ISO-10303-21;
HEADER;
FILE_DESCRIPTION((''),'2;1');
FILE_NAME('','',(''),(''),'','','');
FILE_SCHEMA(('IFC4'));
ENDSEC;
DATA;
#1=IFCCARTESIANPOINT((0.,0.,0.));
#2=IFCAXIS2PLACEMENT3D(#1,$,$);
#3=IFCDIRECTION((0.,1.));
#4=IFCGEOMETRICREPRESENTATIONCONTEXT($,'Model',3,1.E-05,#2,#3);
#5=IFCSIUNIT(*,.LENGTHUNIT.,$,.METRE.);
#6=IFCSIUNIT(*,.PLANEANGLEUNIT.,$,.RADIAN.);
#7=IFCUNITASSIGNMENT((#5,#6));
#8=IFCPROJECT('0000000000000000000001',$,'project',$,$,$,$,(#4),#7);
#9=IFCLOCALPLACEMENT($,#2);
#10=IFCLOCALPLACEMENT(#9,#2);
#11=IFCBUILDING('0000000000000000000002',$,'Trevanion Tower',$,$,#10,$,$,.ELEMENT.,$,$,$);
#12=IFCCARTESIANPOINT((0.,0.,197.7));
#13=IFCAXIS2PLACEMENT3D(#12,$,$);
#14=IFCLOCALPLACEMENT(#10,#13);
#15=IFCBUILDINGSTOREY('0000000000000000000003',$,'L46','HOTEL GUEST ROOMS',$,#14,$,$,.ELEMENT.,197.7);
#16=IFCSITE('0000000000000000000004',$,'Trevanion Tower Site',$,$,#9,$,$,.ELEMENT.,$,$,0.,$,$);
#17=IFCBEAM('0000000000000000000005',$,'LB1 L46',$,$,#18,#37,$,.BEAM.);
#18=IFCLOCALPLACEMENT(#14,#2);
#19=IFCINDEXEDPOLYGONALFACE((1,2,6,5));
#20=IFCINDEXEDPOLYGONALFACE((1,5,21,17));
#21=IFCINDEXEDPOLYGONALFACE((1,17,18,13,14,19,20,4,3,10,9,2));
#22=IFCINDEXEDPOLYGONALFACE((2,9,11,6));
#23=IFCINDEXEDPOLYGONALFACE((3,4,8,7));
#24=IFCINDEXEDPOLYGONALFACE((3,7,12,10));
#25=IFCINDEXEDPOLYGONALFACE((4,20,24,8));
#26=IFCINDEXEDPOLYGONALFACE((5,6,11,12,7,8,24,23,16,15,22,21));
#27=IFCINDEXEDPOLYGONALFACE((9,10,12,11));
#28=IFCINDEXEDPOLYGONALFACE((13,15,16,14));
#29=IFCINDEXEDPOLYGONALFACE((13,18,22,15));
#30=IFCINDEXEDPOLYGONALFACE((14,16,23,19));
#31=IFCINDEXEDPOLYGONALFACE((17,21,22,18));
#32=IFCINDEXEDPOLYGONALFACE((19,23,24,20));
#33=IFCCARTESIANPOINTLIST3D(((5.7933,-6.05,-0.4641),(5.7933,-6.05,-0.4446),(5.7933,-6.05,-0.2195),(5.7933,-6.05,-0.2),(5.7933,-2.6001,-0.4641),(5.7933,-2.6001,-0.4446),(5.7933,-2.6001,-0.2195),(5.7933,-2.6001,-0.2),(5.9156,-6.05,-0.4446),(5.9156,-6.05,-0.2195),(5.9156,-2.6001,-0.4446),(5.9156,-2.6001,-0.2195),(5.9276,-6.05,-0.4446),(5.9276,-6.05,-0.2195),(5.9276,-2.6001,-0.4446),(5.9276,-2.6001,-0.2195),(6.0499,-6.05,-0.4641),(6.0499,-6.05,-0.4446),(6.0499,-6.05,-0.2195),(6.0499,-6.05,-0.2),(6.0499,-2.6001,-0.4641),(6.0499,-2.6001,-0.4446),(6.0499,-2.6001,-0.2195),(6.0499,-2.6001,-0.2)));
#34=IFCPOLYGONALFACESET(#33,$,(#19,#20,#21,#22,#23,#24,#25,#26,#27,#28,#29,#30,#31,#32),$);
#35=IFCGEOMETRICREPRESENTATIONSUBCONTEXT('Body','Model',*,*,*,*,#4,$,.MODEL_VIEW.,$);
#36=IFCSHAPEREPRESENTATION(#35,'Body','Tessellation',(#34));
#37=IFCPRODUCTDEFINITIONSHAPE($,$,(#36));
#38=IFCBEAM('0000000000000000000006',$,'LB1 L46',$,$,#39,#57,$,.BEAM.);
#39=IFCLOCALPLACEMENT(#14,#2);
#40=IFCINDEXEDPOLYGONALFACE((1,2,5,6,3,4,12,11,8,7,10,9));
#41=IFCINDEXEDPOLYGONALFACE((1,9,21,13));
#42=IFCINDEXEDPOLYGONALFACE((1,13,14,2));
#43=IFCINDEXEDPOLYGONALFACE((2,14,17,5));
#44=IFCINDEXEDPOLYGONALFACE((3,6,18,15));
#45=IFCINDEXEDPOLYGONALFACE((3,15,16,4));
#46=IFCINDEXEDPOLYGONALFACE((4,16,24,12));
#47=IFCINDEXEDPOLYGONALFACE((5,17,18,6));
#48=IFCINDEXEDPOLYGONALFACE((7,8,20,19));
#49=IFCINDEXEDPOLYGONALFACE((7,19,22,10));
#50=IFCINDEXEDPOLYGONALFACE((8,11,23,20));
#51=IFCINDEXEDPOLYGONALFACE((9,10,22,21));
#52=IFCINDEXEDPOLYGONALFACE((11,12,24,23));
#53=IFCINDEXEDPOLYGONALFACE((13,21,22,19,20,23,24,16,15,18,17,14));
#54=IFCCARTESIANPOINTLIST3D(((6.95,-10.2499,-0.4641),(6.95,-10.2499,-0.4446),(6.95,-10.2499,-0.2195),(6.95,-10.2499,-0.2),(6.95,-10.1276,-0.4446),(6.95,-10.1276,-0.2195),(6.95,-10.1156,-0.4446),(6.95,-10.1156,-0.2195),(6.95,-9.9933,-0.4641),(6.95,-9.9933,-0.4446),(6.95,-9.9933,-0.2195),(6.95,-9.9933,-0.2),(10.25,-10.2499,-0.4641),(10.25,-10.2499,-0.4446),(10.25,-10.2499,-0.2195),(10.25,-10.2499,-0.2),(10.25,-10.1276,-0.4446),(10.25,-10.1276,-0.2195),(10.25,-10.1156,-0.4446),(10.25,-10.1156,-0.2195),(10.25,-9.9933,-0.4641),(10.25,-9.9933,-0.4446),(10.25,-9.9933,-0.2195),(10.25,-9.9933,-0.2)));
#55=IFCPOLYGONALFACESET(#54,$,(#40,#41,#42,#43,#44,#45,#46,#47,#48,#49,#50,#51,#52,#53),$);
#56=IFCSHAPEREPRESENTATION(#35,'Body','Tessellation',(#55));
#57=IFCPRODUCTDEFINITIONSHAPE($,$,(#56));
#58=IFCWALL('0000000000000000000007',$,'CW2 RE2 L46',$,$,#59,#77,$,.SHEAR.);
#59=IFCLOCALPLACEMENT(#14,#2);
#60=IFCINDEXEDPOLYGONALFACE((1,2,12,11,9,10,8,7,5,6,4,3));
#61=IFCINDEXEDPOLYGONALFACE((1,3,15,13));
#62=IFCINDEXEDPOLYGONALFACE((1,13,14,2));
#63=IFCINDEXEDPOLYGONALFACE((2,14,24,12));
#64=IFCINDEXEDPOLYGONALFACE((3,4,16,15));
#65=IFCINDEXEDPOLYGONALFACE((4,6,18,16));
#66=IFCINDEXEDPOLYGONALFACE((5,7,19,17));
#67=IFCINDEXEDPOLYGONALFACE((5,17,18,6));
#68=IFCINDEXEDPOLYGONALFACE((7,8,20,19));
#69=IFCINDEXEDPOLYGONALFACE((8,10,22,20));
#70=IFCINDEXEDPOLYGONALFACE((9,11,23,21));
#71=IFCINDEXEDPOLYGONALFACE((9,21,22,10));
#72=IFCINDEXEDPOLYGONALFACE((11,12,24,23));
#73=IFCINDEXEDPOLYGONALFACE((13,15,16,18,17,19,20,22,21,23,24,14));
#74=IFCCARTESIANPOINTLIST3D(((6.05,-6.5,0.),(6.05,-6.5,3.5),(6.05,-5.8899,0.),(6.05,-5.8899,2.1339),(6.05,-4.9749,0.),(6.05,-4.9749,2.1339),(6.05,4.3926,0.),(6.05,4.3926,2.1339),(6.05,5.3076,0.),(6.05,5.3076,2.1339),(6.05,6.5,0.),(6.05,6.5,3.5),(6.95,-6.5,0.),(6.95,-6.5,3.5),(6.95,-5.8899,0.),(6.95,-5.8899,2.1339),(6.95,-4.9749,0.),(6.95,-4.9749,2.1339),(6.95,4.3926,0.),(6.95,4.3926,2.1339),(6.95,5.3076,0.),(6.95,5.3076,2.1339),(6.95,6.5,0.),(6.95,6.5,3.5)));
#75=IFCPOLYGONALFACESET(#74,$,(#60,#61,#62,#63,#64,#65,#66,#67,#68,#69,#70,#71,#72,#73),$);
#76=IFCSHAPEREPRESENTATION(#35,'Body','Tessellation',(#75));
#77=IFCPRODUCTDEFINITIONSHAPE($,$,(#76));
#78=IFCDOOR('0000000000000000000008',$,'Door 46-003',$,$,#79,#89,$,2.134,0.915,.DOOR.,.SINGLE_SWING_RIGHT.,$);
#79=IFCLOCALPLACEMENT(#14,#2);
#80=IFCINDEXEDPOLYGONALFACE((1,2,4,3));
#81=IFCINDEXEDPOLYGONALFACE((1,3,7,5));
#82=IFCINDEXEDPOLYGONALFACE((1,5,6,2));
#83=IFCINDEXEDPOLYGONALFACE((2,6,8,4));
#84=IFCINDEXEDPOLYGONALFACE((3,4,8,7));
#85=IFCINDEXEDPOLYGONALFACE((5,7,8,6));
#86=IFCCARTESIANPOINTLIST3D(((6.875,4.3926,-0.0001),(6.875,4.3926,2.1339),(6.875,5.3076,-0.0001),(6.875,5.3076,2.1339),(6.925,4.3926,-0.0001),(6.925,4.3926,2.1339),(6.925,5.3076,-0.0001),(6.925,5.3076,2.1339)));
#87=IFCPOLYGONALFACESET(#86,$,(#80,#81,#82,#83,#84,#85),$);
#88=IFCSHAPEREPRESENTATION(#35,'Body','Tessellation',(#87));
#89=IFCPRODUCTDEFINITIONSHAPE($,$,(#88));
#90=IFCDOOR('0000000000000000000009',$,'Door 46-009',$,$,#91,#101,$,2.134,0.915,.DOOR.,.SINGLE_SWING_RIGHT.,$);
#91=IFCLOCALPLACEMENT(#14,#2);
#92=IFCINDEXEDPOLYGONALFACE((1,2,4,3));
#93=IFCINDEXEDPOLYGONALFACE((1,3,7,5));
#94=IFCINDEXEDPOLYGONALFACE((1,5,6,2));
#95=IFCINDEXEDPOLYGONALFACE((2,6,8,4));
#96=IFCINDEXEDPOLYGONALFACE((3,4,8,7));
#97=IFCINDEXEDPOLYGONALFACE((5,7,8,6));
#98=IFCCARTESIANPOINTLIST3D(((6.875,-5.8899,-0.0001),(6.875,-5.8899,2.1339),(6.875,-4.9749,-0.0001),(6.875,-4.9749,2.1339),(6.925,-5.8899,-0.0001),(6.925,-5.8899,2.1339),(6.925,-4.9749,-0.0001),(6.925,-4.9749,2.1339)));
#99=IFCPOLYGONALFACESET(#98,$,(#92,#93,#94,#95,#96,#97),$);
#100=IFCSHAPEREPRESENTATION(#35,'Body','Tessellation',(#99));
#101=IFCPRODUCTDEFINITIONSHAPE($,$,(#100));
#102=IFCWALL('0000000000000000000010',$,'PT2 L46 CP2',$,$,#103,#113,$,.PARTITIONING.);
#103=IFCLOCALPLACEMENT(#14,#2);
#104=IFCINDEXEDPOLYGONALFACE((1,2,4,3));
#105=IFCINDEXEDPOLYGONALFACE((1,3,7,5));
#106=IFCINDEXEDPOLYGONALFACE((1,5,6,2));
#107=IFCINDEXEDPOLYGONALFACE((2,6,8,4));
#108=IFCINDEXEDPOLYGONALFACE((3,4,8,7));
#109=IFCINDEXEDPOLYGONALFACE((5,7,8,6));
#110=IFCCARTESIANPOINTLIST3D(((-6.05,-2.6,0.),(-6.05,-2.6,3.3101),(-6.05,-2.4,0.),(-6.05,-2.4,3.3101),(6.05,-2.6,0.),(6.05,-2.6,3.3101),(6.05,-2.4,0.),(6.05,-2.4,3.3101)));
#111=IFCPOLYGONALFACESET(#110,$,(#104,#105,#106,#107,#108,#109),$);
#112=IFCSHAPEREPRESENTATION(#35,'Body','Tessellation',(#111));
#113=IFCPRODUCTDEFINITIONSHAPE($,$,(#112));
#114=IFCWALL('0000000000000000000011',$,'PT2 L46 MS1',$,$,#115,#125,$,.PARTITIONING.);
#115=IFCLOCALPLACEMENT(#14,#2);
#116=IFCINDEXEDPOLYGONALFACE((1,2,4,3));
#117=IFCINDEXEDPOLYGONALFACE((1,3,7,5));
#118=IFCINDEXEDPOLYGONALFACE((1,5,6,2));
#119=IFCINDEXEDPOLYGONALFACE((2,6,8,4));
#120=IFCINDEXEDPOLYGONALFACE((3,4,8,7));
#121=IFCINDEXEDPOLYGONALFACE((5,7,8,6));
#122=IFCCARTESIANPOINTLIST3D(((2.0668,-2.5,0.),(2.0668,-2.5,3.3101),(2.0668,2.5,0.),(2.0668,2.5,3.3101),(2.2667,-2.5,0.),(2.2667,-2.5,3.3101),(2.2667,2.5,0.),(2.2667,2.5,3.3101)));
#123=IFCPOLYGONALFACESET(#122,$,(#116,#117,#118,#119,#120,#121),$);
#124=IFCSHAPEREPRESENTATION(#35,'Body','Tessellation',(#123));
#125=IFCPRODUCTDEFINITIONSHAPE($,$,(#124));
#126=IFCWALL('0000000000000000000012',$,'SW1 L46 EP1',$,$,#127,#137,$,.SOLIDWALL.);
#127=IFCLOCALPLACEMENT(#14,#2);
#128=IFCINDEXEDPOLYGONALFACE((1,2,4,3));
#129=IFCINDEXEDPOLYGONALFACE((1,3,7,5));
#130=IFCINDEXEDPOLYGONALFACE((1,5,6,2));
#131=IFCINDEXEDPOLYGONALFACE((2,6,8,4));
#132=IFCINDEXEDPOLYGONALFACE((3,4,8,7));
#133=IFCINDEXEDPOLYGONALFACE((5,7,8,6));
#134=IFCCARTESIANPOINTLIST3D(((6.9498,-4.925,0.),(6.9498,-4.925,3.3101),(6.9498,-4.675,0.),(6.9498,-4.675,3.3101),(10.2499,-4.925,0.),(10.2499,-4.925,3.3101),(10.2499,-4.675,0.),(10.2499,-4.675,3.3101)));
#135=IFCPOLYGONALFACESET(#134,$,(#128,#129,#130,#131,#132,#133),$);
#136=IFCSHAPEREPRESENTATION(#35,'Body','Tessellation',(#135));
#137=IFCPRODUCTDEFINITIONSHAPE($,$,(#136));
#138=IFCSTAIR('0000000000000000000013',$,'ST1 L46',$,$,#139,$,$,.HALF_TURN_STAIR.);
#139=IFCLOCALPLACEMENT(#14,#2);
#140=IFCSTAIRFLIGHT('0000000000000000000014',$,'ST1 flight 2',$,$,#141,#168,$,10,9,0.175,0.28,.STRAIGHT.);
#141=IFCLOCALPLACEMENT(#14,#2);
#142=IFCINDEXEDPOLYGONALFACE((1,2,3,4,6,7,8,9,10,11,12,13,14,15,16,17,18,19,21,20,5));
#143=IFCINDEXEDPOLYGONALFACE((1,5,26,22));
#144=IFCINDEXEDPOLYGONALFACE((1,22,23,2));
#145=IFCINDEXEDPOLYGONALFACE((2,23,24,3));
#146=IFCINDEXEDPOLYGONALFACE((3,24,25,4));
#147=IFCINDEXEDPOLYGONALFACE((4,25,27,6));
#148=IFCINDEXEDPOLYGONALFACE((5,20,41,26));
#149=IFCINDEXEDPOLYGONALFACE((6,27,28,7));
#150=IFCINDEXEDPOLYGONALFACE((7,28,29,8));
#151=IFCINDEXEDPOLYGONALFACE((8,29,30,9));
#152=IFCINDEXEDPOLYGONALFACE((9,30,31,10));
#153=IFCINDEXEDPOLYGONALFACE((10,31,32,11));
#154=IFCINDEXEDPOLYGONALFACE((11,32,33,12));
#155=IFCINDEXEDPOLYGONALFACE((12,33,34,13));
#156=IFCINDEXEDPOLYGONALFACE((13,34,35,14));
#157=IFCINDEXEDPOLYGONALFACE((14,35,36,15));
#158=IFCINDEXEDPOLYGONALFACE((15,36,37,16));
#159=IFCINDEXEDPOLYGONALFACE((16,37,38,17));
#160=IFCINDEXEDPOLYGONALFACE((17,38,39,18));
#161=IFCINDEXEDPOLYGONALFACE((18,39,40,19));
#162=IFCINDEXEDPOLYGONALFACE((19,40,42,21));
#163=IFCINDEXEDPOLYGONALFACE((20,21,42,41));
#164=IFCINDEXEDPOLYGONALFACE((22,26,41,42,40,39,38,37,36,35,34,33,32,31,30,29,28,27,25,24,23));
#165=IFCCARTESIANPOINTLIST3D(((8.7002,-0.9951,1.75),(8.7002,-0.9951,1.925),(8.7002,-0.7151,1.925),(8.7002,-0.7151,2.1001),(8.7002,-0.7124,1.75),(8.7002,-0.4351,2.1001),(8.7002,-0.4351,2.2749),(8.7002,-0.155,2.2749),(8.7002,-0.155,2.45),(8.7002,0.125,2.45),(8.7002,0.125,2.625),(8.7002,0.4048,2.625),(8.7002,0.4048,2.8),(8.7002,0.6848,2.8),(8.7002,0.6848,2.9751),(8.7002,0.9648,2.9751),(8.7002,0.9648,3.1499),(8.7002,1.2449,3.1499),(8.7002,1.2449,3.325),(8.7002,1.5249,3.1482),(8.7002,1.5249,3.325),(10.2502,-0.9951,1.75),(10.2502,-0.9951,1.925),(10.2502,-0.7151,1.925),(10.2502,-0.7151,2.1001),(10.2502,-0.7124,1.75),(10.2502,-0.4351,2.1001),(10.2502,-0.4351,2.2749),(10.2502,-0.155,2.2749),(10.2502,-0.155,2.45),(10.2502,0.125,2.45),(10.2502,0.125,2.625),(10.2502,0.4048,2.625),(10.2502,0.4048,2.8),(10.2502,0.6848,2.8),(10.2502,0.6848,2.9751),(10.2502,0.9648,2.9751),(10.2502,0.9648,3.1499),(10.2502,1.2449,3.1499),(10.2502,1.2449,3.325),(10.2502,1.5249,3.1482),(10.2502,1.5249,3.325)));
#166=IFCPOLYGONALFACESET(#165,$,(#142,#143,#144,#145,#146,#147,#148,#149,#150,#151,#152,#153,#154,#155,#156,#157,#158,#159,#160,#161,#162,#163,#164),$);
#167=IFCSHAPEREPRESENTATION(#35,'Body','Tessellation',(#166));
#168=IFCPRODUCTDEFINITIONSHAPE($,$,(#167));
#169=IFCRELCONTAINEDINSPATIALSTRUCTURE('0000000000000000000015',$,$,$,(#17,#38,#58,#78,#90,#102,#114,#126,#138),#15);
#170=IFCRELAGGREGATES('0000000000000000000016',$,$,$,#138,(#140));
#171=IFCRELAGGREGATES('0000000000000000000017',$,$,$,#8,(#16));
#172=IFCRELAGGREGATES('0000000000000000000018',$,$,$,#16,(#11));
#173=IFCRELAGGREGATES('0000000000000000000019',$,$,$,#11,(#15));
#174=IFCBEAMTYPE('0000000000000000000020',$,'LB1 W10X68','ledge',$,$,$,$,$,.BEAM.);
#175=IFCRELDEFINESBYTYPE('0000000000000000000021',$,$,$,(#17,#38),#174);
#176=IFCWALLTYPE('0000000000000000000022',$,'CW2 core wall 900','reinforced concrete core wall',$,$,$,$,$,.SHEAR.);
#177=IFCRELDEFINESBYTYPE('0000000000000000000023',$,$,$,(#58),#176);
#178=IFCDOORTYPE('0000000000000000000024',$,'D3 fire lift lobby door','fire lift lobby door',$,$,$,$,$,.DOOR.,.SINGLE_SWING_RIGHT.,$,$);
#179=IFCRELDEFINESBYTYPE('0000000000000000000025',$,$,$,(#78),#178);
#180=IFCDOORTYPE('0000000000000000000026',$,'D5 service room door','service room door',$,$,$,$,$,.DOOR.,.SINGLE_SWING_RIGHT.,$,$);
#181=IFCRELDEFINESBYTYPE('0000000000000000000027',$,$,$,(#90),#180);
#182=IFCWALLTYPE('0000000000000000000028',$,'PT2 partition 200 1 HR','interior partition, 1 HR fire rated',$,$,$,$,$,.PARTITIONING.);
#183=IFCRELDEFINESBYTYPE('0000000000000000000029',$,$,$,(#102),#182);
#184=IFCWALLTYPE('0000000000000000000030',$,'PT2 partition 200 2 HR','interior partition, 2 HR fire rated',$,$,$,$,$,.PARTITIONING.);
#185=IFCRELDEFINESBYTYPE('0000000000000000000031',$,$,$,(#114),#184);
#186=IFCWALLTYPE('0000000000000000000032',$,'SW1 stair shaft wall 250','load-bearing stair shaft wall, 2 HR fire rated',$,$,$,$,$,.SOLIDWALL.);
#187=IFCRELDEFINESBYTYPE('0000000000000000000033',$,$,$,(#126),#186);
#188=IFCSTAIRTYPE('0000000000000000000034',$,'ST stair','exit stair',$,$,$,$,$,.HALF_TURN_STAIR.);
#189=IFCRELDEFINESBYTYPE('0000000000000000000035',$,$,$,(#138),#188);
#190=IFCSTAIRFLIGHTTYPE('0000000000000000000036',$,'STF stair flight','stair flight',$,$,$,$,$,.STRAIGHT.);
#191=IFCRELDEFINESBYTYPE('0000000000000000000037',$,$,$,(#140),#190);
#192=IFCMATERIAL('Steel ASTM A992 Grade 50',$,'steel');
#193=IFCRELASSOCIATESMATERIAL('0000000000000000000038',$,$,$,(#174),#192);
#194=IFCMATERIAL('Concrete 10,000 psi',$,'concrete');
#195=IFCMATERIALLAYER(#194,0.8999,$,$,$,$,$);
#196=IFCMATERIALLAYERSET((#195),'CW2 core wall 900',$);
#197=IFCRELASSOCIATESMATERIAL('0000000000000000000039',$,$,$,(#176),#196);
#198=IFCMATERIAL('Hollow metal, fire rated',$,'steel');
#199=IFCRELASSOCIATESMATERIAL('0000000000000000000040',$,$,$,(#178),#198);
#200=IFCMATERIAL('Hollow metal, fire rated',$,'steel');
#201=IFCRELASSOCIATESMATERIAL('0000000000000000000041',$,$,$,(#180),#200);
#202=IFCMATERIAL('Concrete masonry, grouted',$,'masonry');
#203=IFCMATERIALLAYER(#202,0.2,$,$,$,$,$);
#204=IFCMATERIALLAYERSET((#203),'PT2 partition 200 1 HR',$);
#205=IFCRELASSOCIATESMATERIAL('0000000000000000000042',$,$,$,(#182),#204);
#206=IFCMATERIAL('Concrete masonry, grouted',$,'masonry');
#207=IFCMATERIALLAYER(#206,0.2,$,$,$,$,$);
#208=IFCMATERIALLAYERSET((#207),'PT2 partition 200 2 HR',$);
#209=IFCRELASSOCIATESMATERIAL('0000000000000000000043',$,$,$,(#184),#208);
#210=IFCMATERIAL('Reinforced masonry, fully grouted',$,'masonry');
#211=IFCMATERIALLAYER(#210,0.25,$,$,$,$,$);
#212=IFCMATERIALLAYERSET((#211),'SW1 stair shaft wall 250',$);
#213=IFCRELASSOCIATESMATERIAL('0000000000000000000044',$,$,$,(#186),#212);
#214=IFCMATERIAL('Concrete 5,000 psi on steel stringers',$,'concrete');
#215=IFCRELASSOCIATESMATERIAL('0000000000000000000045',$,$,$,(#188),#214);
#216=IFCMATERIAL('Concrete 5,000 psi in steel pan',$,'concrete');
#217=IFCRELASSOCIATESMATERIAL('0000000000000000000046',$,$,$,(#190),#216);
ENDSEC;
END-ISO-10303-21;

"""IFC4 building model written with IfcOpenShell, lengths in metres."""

from ifc_helpers import new_model, si_unit, direction, frame, frame_2d, origin, origin_2d, place, context, subcontext, project, spatial, polyline, rectangle, i_section, outline, extrude, material, layer, layer_set, material_profile, profile_set, type_object, element, fill, aggregate, save


model = new_model("IFC4")

# Units and contexts
model_context = context("Model", 3, precision=1e-05, world=origin(), true_north=direction((0.0, 1.0)))
body_context = subcontext(model_context, "Body", "Model", "MODEL_VIEW")
ifc_project = project(units=[si_unit("LENGTHUNIT", "METRE"), si_unit("PLANEANGLEUNIT", "RADIAN")], contexts=[model_context])

# Site, building, storey
site_placement = place(None, origin())
site = spatial("IfcSite", under=ifc_project, at=site_placement, Name="Trevanion Tower Site", CompositionType="ELEMENT", RefElevation=0.0)
building_placement = place(site_placement, origin())
building = spatial("IfcBuilding", under=site, at=building_placement, Name="Trevanion Tower", CompositionType="ELEMENT")
storey_placement = place(building_placement, frame((0.0, 0.0, 197.7)))
storey = spatial("IfcBuildingStorey", under=building, at=storey_placement, Name="L46", Description="HOTEL GUEST ROOMS", CompositionType="ELEMENT", Elevation=197.7)

# Beams
ifc_material_1 = material(Name="Steel ASTM A992 Grade 50", Category="steel")
ifc_material_profile = material_profile(ifc_material_1, i_section(OverallWidth=0.2566, OverallDepth=0.2642, WebThickness=0.012, FlangeThickness=0.0195, at=origin_2d()), Name="W10X68")
ifc_profile_set = profile_set([ifc_material_profile], Name="Steel ASTM A992 Grade 50")
beam_type = type_object("IfcBeamType", Name="LB1 W10X68", Description="ledge", PredefinedType="BEAM", material=ifc_profile_set)
beam_1_placement = place(storey_placement, frame((5.9216, -6.05, -0.332), z_axis=(0.0, 1.0, 0.0), x_axis=(-1.0, 0.0, 0.0)))
element("IfcBeam", 1, at=beam_1_placement, inside=storey, type_object=beam_type, Name="LB1 L46", PredefinedType="BEAM", context=body_context, shape_type="SweptSolid", body=[
    extrude(i_section(OverallWidth=0.2566, OverallDepth=0.2642, WebThickness=0.012, FlangeThickness=0.0195, at=origin_2d()), origin(), (0.0, 0.0, 1.0), 3.45),
])
beam_2_placement = place(storey_placement, frame((6.95, -10.1216, -0.332), z_axis=(1.0, 0.0, 0.0), x_axis=(0.0, 1.0, 0.0)))
element("IfcBeam", 2, at=beam_2_placement, inside=storey, type_object=beam_type, Name="LB1 L46", PredefinedType="BEAM", context=body_context, shape_type="SweptSolid", body=[
    extrude(i_section(OverallWidth=0.2566, OverallDepth=0.2642, WebThickness=0.012, FlangeThickness=0.0195, at=origin_2d()), origin(), (0.0, 0.0, 1.0), 3.3),
])

# Wall, openings, doors
ifc_material_2 = material(Name="Concrete 10,000 psi", Category="concrete")
ifc_layer_1 = layer(ifc_material_2, 0.8999)
ifc_layer_set_1 = layer_set([ifc_layer_1], Name="CW2 core wall 900")
wall_type_1 = type_object("IfcWallType", Name="CW2 core wall 900", Description="reinforced concrete core wall", PredefinedType="SHEAR", material=ifc_layer_set_1)
wall_1_placement = place(storey_placement, frame((6.5, -6.5, 0.0), z_axis=(0.0, 0.0, 1.0), x_axis=(0.0, 1.0, 0.0)))
wall_1 = element("IfcWall", 3, at=wall_1_placement, inside=storey, type_object=wall_type_1, Name="CW2 RE2 L46", PredefinedType="SHEAR", context=body_context, shape_type="SweptSolid", body=[
    extrude(rectangle(XDim=13.0, YDim=0.8999, at=frame_2d((6.5, 0.0))), origin(), (0.0, 0.0, 1.0), 3.5),
])
opening_1_placement = place(wall_1_placement, frame((10.8926, 0.0, 0.0)))
opening_1 = element("IfcOpeningElement", 4, at=opening_1_placement, cuts=wall_1, PredefinedType="OPENING", context=body_context, shape_type="SweptSolid", body=[
    extrude(rectangle(XDim=0.915, YDim=2.134, at=frame_2d((0.4575, 1.0669))), frame((0.0, 0.46, 0.0), z_axis=(0.0, -1.0, 0.0), x_axis=(1.0, 0.0, 0.0)), (0.0, 0.0, 1.0), 0.9199),
])
opening_2_placement = place(wall_1_placement, frame((0.6101, 0.0, 0.0)))
opening_2 = element("IfcOpeningElement", 5, at=opening_2_placement, cuts=wall_1, PredefinedType="OPENING", context=body_context, shape_type="SweptSolid", body=[
    extrude(rectangle(XDim=0.915, YDim=2.134, at=frame_2d((0.4575, 1.0669))), frame((0.0, 0.46, 0.0), z_axis=(0.0, -1.0, 0.0), x_axis=(1.0, 0.0, 0.0)), (0.0, 0.0, 1.0), 0.9199),
])
ifc_material_3 = material(Name="Hollow metal, fire rated", Category="steel")
door_type_1 = type_object("IfcDoorType", Name="D3 fire lift lobby door", Description="fire lift lobby door", OperationType="SINGLE_SWING_RIGHT", PredefinedType="DOOR", material=ifc_material_3)
door_1_placement = place(opening_1_placement, origin())
door_1 = element("IfcDoor", 6, at=door_1_placement, inside=storey, type_object=door_type_1, Name="Door 46-003", OperationType="SINGLE_SWING_RIGHT", OverallHeight=2.134, OverallWidth=0.915, PredefinedType="DOOR", context=body_context, shape_type="SweptSolid", body=[
    extrude(rectangle(XDim=0.915, YDim=2.134, at=frame_2d((0.4575, 1.0669))), frame((0.0, -0.375, 0.0), z_axis=(0.0, -1.0, 0.0), x_axis=(1.0, 0.0, 0.0)), (0.0, 0.0, 1.0), 0.05),
])
fill(opening_1, door_1)
ifc_material_4 = material(Name="Hollow metal, fire rated", Category="steel")
door_type_2 = type_object("IfcDoorType", Name="D5 service room door", Description="service room door", OperationType="SINGLE_SWING_RIGHT", PredefinedType="DOOR", material=ifc_material_4)
door_2_placement = place(opening_2_placement, origin())
door_2 = element("IfcDoor", 7, at=door_2_placement, inside=storey, type_object=door_type_2, Name="Door 46-009", OperationType="SINGLE_SWING_RIGHT", OverallHeight=2.134, OverallWidth=0.915, PredefinedType="DOOR", context=body_context, shape_type="SweptSolid", body=[
    extrude(rectangle(XDim=0.915, YDim=2.134, at=frame_2d((0.4575, 1.0669))), frame((0.0, -0.375, 0.0), z_axis=(0.0, -1.0, 0.0), x_axis=(1.0, 0.0, 0.0)), (0.0, 0.0, 1.0), 0.05),
])
fill(opening_2, door_2)

# Walls
ifc_material_5 = material(Name="Concrete masonry, grouted", Category="masonry")
ifc_layer_2 = layer(ifc_material_5, 0.2)
ifc_layer_set_2 = layer_set([ifc_layer_2], Name="PT2 partition 200 1 HR")
wall_type_2 = type_object("IfcWallType", Name="PT2 partition 200 1 HR", Description="interior partition, 1 HR fire rated", PredefinedType="PARTITIONING", material=ifc_layer_set_2)
wall_2_placement = place(storey_placement, frame((6.05, -2.5, 0.0), z_axis=(0.0, 0.0, 1.0), x_axis=(-1.0, 0.0, 0.0)))
element("IfcWall", 8, at=wall_2_placement, inside=storey, type_object=wall_type_2, Name="PT2 L46 CP2", PredefinedType="PARTITIONING", context=body_context, shape_type="SweptSolid", body=[
    extrude(rectangle(XDim=12.1001, YDim=0.2, at=frame_2d((6.05, 0.0))), origin(), (0.0, 0.0, 1.0), 3.3101),
])
ifc_material_6 = material(Name="Concrete masonry, grouted", Category="masonry")
ifc_layer_3 = layer(ifc_material_6, 0.2)
ifc_layer_set_3 = layer_set([ifc_layer_3], Name="PT2 partition 200 2 HR")
wall_type_3 = type_object("IfcWallType", Name="PT2 partition 200 2 HR", Description="interior partition, 2 HR fire rated", PredefinedType="PARTITIONING", material=ifc_layer_set_3)
wall_3_placement = place(storey_placement, frame((2.1667, -2.5, 0.0), z_axis=(0.0, 0.0, 1.0), x_axis=(0.0, 1.0, 0.0)))
element("IfcWall", 9, at=wall_3_placement, inside=storey, type_object=wall_type_3, Name="PT2 L46 MS1", PredefinedType="PARTITIONING", context=body_context, shape_type="SweptSolid", body=[
    extrude(rectangle(XDim=5.0, YDim=0.2, at=frame_2d((2.5, 0.0))), origin(), (0.0, 0.0, 1.0), 3.3101),
])
ifc_material_7 = material(Name="Reinforced masonry, fully grouted", Category="masonry")
ifc_layer_4 = layer(ifc_material_7, 0.25)
ifc_layer_set_4 = layer_set([ifc_layer_4], Name="SW1 stair shaft wall 250")
wall_type_4 = type_object("IfcWallType", Name="SW1 stair shaft wall 250", Description="load-bearing stair shaft wall, 2 HR fire rated", PredefinedType="SOLIDWALL", material=ifc_layer_set_4)
wall_4_placement = place(storey_placement, frame((6.95, -4.8, 0.0), z_axis=(0.0, 0.0, 1.0), x_axis=(1.0, 0.0, 0.0)))
element("IfcWall", 10, at=wall_4_placement, inside=storey, type_object=wall_type_4, Name="SW1 L46 EP1", PredefinedType="SOLIDWALL", context=body_context, shape_type="SweptSolid", body=[
    extrude(rectangle(XDim=3.3, YDim=0.25, at=frame_2d((1.6499, 0.0))), origin(), (0.0, 0.0, 1.0), 3.3101),
])

# Stair, stair flight
ifc_material_8 = material(Name="Concrete 5,000 psi on steel stringers", Category="concrete")
stair_type = type_object("IfcStairType", Name="ST stair", Description="exit stair", PredefinedType="HALF_TURN_STAIR", material=ifc_material_8)
stair_placement = place(storey_placement, origin())
stair = element("IfcStair", 11, at=stair_placement, inside=storey, type_object=stair_type, Name="ST1 L46", PredefinedType="HALF_TURN_STAIR")
ifc_material_9 = material(Name="Concrete 5,000 psi in steel pan", Category="concrete")
stair_flight_type = type_object("IfcStairFlightType", Name="STF stair flight", Description="stair flight", PredefinedType="STRAIGHT", material=ifc_material_9)
stair_flight_placement = place(storey_placement, frame((9.4751, -0.9951, 1.75), z_axis=(0.0, 0.0, 1.0), x_axis=(0.0, 1.0, 0.0)))
stair_flight = element("IfcStairFlight", 12, at=stair_flight_placement, type_object=stair_flight_type, Name="ST1 flight 2", NumberOfRisers=10, NumberOfTreads=9, PredefinedType="STRAIGHT", RiserHeight=0.175, TreadLength=0.28, context=body_context, shape_type="SweptSolid", body=[
    extrude(outline(polyline([(0.0, 0.0), (0.0, 0.175), (0.28, 0.175), (0.28, 0.3501), (0.5601, 0.3501), (0.5601, 0.5249), (0.8401, 0.5249), (0.8401, 0.7), (1.1201, 0.7), (1.1201, 0.875), (1.3999, 0.875), (1.3999, 1.05), (1.6799, 1.05), (1.6799, 1.2251), (1.96, 1.2251), (1.96, 1.3999), (2.24, 1.3999), (2.24, 1.575), (2.52, 1.575), (2.52, 1.75), (2.52, 1.3982), (0.2827, 0.0), (0.0, 0.0)])), frame((0.0, 0.7749, 0.0), z_axis=(0.0, -1.0, 0.0), x_axis=(1.0, 0.0, 0.0)), (0.0, 0.0, 1.0), 1.55),
])
aggregate(stair, [stair_flight])

save(model, "model.ifc")
